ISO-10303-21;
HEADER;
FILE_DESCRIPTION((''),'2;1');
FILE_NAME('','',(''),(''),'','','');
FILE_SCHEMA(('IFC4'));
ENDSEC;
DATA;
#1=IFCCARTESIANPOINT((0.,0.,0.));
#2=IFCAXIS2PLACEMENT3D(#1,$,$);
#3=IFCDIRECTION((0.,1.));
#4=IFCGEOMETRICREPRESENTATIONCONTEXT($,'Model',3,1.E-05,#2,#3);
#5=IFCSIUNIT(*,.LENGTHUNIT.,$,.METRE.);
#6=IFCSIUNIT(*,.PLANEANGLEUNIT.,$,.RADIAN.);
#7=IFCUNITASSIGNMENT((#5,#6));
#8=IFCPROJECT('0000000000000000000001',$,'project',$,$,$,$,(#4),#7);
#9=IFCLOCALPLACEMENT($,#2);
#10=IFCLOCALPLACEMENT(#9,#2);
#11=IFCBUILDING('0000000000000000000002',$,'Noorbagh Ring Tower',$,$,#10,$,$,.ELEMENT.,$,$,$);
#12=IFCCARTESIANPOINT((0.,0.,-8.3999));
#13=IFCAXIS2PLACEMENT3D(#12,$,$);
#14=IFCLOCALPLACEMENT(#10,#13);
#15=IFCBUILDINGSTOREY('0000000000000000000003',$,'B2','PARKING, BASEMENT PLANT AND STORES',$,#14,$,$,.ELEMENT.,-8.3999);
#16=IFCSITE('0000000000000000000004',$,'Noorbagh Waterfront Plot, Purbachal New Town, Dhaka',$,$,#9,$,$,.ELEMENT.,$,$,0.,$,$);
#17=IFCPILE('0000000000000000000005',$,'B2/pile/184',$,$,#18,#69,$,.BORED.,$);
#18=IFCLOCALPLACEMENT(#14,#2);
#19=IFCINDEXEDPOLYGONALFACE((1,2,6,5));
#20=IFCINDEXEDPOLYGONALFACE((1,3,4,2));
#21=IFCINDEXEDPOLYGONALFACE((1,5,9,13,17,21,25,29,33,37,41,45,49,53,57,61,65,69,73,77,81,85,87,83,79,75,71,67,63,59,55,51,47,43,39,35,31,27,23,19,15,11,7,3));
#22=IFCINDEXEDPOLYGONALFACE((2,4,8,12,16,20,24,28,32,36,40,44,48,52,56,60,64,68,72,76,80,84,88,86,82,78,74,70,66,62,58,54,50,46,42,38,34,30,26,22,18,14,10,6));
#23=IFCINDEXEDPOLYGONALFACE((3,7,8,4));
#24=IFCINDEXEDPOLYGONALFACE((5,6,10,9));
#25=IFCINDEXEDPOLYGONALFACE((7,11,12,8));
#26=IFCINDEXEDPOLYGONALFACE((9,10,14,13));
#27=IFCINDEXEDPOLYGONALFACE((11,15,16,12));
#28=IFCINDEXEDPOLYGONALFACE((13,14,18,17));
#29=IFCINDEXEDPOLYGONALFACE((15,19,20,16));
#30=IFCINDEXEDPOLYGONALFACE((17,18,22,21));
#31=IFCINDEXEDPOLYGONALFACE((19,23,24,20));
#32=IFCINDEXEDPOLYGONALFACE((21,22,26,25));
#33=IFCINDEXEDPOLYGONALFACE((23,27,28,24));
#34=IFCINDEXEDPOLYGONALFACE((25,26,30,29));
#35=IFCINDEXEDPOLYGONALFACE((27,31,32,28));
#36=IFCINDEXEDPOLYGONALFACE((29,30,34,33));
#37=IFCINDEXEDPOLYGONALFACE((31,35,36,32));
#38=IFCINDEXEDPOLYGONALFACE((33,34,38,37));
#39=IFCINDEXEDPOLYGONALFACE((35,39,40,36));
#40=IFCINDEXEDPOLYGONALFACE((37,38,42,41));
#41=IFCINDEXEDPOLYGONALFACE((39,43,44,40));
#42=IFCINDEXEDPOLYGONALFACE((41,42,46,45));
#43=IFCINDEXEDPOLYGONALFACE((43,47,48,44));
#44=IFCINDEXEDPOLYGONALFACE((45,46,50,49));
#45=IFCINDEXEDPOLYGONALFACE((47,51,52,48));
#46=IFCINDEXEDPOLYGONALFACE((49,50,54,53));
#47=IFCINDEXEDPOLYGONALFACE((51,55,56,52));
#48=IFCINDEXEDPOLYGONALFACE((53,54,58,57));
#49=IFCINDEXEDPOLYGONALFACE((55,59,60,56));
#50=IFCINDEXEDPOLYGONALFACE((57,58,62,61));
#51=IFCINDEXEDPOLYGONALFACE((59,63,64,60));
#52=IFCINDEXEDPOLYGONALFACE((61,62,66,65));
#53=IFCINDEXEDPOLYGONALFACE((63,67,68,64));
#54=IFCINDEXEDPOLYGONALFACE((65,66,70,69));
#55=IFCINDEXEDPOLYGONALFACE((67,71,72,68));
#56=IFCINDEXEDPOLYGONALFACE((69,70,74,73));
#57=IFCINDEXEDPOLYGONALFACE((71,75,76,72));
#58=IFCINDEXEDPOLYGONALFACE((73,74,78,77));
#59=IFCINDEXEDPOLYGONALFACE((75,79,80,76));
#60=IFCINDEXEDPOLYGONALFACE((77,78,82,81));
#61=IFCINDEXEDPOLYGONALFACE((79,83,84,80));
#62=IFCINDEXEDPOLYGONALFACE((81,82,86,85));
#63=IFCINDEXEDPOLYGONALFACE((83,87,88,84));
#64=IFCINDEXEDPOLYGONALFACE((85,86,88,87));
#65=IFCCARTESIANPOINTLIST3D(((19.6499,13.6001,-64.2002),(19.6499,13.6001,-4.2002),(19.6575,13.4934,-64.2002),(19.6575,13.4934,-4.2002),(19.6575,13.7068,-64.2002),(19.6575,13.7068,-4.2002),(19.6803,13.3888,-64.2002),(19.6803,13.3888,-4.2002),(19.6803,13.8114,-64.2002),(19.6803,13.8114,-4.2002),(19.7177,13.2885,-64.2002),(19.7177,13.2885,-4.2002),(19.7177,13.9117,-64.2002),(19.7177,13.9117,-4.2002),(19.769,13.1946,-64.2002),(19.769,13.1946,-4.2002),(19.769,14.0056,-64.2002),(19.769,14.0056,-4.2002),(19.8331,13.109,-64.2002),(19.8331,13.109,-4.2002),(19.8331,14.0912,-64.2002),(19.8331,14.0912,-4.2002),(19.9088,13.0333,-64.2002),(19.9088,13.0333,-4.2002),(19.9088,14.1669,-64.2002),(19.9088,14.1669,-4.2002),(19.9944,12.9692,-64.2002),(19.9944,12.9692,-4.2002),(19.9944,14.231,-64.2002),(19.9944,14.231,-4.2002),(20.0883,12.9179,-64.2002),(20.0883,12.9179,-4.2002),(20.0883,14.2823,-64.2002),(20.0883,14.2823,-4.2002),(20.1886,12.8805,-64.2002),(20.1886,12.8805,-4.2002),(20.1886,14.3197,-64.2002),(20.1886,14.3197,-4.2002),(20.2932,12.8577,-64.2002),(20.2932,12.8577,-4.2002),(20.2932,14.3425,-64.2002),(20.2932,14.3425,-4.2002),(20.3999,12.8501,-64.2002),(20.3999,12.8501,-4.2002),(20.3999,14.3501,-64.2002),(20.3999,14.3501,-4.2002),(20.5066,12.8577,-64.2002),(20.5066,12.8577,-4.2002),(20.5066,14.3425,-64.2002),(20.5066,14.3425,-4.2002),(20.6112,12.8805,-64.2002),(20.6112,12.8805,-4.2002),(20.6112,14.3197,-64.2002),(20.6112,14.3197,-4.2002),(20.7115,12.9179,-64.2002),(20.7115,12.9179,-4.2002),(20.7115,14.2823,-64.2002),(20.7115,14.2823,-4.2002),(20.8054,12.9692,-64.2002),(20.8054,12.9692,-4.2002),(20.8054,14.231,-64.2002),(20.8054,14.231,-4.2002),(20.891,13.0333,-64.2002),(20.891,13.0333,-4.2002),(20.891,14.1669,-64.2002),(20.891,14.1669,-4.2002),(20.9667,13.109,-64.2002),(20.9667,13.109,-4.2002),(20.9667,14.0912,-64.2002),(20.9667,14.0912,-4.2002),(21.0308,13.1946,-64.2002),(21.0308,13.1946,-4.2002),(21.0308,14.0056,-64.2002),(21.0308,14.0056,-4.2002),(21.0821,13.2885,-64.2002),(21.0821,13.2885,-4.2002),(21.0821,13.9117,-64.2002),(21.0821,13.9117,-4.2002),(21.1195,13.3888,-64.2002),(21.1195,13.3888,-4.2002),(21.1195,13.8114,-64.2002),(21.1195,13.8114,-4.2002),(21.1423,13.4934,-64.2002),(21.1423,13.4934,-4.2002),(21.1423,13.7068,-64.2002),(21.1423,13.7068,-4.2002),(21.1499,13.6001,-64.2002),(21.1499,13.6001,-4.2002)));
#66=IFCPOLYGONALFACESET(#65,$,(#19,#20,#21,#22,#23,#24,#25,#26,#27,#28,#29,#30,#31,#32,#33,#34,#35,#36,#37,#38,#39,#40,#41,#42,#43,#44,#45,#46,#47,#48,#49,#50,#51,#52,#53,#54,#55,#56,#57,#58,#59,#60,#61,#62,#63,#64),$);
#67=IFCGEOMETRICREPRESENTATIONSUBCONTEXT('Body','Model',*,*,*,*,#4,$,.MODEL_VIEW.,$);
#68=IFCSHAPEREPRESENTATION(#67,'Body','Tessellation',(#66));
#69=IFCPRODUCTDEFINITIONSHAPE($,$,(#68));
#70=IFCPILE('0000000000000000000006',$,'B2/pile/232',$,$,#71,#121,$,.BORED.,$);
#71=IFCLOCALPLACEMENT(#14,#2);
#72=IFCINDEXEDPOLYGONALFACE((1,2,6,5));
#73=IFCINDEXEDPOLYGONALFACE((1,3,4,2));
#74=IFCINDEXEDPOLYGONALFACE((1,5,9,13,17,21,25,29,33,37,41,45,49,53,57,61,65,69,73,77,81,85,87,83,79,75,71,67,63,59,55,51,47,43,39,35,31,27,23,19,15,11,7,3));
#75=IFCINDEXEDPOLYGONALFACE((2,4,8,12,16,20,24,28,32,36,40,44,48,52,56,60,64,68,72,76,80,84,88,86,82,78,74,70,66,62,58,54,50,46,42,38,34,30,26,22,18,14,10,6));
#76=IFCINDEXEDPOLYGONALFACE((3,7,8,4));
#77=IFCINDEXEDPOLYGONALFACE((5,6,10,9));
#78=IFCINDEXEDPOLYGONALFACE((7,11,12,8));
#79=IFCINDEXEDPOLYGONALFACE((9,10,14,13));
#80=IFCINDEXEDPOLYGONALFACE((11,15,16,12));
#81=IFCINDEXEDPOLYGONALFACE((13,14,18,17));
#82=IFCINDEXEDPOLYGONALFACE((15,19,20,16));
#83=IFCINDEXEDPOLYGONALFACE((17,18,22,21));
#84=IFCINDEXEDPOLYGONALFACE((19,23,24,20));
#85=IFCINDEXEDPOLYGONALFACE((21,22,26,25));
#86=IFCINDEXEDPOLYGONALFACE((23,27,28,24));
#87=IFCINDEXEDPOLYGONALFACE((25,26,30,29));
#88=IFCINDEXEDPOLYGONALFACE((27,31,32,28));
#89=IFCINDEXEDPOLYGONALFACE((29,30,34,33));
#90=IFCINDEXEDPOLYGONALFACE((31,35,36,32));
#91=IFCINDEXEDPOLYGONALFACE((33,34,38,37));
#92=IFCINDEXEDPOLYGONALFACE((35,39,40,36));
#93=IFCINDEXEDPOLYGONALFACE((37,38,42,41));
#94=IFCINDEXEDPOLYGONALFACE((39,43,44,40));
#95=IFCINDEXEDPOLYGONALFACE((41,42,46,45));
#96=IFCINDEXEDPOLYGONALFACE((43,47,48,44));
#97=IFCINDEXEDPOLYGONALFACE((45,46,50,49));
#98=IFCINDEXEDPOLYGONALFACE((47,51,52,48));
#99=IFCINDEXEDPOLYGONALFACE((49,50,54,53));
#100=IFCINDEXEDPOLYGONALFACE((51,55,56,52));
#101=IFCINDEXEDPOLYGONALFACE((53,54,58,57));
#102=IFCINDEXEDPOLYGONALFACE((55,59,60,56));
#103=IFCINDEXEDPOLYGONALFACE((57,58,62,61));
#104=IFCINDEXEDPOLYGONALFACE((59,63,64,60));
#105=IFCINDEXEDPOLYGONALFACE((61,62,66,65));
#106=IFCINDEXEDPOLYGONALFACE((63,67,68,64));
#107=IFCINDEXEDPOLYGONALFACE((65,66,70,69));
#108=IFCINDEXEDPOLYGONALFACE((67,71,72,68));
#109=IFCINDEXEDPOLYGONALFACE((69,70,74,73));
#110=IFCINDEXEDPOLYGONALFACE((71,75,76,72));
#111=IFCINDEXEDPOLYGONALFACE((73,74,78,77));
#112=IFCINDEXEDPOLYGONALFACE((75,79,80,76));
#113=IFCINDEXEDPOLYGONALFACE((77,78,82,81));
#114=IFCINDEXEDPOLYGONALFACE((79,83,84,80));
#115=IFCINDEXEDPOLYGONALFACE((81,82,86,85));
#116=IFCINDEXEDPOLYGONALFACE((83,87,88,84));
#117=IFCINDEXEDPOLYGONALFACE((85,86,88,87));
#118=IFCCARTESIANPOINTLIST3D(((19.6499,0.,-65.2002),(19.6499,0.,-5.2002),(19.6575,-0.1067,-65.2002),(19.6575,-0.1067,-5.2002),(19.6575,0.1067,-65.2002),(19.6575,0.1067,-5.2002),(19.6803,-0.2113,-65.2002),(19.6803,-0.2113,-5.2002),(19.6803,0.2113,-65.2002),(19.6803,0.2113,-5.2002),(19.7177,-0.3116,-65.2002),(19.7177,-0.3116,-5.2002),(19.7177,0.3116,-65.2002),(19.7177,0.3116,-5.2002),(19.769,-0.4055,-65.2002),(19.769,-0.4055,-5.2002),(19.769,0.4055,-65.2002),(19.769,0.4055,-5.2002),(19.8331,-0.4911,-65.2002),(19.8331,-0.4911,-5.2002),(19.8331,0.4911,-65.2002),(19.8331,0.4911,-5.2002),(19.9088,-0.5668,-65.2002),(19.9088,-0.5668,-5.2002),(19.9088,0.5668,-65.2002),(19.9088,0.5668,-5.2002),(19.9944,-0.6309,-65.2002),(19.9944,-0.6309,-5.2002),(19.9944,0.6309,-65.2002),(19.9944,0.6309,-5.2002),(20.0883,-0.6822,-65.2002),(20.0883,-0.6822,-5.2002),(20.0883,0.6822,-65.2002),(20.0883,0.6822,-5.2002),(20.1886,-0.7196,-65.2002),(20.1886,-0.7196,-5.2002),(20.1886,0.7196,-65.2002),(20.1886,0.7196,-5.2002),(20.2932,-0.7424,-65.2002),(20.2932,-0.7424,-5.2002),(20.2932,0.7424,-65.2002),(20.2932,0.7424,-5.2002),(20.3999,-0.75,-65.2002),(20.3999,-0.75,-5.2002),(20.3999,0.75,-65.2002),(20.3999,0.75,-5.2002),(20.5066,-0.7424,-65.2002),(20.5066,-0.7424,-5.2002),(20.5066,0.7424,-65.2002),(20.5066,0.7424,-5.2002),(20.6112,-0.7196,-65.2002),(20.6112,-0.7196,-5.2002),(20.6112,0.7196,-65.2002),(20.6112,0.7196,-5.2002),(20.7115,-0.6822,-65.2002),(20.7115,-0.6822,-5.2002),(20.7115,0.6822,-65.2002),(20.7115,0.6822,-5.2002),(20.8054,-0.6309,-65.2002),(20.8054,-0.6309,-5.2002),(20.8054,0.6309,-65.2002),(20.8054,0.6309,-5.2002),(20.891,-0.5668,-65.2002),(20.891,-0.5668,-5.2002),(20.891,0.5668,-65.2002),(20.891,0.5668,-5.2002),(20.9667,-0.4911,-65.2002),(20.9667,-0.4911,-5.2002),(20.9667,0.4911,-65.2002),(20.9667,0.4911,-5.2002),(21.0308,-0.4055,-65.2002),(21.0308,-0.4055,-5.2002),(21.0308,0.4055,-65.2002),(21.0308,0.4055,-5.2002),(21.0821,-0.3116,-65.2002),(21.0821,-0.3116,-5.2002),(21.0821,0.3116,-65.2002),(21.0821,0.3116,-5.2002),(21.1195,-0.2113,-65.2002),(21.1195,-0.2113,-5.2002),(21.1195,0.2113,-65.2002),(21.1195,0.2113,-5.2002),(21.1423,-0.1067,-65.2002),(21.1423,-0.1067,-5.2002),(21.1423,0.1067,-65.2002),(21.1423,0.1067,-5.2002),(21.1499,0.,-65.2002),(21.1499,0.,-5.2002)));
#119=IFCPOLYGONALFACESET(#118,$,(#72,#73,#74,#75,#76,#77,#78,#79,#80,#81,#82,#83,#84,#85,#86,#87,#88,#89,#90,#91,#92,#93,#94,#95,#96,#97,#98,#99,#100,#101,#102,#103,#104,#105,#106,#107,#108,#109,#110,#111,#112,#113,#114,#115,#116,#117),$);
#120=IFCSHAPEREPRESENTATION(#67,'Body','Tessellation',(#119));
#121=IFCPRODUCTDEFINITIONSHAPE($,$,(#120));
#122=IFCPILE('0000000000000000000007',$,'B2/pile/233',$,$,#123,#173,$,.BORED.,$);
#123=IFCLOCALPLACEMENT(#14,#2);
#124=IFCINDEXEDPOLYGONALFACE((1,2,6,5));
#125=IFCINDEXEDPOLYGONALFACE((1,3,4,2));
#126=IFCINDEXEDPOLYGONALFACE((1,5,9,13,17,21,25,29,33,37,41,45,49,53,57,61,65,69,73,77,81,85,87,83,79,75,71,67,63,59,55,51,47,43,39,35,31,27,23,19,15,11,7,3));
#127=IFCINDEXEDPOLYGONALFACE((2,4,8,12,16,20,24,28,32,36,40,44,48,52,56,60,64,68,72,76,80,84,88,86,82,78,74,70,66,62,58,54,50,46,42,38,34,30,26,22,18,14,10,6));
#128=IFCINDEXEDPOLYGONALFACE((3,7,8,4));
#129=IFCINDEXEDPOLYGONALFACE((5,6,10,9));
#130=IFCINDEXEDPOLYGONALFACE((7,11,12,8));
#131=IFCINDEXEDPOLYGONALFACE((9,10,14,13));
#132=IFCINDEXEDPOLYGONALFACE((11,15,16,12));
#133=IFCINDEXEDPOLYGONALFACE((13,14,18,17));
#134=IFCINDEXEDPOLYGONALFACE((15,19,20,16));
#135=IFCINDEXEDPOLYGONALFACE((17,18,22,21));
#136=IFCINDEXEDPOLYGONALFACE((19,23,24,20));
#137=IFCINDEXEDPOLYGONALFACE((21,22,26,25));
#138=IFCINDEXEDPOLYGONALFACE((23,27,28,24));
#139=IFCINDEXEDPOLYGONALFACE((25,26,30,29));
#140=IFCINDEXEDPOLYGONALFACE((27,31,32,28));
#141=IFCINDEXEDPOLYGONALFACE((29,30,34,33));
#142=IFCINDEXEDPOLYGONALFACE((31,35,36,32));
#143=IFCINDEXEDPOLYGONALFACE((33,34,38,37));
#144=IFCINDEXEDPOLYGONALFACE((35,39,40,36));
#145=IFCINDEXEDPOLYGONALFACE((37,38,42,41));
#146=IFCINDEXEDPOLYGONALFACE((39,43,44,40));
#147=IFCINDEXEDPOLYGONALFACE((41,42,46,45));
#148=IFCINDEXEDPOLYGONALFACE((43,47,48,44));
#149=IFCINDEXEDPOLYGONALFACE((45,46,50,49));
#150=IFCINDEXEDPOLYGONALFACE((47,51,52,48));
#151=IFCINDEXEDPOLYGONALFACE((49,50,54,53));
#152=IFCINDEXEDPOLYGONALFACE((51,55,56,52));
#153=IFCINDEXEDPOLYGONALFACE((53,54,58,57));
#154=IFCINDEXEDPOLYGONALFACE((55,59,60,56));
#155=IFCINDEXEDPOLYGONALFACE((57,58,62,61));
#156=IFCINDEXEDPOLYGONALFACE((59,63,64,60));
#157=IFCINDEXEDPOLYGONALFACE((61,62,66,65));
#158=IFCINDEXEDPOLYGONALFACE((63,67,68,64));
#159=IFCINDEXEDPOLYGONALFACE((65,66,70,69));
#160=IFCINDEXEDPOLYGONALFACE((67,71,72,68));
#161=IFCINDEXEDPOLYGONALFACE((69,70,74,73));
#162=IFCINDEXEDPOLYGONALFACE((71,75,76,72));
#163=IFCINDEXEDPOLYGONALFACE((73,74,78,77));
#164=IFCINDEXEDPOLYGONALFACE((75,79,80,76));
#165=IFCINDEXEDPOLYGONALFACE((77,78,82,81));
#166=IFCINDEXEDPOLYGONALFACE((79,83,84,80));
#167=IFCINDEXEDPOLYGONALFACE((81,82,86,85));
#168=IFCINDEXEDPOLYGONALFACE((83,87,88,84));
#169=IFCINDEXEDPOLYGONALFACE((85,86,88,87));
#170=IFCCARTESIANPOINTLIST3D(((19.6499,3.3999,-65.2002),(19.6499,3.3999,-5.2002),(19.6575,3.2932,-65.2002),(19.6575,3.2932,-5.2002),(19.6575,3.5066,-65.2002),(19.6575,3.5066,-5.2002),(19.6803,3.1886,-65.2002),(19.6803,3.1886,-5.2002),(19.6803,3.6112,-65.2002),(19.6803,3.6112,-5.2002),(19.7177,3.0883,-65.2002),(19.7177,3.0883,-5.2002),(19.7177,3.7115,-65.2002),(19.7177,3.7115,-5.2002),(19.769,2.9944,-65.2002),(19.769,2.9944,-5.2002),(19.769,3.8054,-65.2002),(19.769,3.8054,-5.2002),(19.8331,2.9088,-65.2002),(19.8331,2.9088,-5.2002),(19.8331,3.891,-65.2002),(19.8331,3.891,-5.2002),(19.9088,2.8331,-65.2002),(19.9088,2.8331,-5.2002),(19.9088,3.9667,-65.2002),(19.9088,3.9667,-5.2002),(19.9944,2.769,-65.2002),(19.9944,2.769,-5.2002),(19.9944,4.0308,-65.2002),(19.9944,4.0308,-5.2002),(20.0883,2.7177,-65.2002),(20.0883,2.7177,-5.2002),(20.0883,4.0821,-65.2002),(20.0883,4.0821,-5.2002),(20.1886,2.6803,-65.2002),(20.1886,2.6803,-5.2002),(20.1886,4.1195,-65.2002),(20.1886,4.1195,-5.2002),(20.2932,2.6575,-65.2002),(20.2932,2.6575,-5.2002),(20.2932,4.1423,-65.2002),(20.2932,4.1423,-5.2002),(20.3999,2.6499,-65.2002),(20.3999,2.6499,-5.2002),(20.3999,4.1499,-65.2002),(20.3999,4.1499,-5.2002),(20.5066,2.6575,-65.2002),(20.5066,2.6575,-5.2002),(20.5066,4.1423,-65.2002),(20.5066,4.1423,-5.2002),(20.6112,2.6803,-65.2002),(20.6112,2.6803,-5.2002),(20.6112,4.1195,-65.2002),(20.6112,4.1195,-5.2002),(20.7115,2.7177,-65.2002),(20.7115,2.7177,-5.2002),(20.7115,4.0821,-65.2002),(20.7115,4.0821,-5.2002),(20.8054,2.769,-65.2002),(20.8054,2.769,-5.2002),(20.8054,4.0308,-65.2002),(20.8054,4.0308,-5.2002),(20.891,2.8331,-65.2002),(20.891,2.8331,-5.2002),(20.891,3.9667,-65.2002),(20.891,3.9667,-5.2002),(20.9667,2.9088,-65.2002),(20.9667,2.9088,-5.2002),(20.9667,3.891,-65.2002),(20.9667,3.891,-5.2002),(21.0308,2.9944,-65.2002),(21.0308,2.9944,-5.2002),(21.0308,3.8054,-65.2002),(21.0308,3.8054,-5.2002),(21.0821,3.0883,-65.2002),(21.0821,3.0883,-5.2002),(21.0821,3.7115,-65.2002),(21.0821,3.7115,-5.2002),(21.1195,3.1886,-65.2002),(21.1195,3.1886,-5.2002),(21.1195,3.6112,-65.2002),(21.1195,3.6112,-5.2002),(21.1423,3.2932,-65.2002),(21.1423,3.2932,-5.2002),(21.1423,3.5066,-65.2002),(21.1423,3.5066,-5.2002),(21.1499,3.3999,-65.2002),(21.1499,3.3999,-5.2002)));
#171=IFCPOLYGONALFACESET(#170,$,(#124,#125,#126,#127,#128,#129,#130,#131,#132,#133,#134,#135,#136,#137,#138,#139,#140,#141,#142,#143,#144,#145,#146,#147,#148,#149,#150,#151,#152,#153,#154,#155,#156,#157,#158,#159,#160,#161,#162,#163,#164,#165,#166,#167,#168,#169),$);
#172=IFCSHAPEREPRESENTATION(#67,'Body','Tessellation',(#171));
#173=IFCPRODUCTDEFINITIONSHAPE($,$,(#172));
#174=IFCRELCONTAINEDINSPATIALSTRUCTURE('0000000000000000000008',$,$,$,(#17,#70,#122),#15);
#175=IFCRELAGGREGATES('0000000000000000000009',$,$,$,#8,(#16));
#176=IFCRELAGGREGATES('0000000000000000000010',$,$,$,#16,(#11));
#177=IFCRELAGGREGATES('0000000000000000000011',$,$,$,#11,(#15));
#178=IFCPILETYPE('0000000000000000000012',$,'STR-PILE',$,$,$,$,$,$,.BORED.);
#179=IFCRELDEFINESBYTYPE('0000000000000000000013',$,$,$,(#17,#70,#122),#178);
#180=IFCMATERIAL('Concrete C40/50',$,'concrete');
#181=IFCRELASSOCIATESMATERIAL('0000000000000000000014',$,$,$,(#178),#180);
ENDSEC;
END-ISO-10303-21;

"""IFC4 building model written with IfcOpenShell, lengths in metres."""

from ifc_helpers import new_model, si_unit, direction, frame, origin, origin_2d, place, context, subcontext, project, spatial, circle, extrude, material, material_profile, profile_set, type_object, element, save


model = new_model("IFC4")

# Units and contexts
model_context = context("Model", 3, precision=1e-05, world=origin(), true_north=direction((0.0, 1.0)))
body_context = subcontext(model_context, "Body", "Model", "MODEL_VIEW")
ifc_project = project(units=[si_unit("LENGTHUNIT", "METRE"), si_unit("PLANEANGLEUNIT", "RADIAN")], contexts=[model_context])

# Site, building, storey
site_placement = place(None, origin())
site = spatial("IfcSite", under=ifc_project, at=site_placement, Name="Noorbagh Waterfront Plot, Purbachal New Town, Dhaka", CompositionType="ELEMENT", RefElevation=0.0)
building_placement = place(site_placement, origin())
building = spatial("IfcBuilding", under=site, at=building_placement, Name="Noorbagh Ring Tower", CompositionType="ELEMENT")
storey_placement = place(building_placement, frame((0.0, 0.0, -8.3999)))
storey = spatial("IfcBuildingStorey", under=building, at=storey_placement, Name="B2", Description="PARKING, BASEMENT PLANT AND STORES", CompositionType="ELEMENT", Elevation=-8.3999)

# Piles
ifc_material_1 = material(Name="Concrete C40/50", Category="concrete")
ifc_material_profile_1 = material_profile(ifc_material_1, circle(Radius=0.75, at=origin_2d()), Name="PILE1500")
ifc_profile_set_1 = profile_set([ifc_material_profile_1], Name="Concrete C40/50")
pile_type = type_object("IfcPileType", Name="STR-PILE", PredefinedType="BORED", material=ifc_profile_set_1)
for number, where, z_axis, x_axis, name in (
    (1, (20.3999, 13.6001, -4.2002), (0.0, 0.0, -1.0), (1.0, 0.0, 0.0), "B2/pile/184"),
    (2, (20.3999, 0.0, -5.2002), (0.0, 0.0, -1.0), (1.0, 0.0, 0.0), "B2/pile/232"),
    (3, (20.3999, 3.3999, -5.2002), (0.0, 0.0, -1.0), (1.0, 0.0, 0.0), "B2/pile/233"),
):
    element("IfcPile", number, at=place(storey_placement, frame(where, z_axis=z_axis, x_axis=x_axis)), inside=storey, type_object=pile_type, Name=name, PredefinedType="BORED", context=body_context, shape_type="SweptSolid", body=[
        extrude(circle(Radius=0.75, at=origin_2d()), origin(), (0.0, 0.0, 1.0), 60.0),
    ])

save(model, "model.ifc")
